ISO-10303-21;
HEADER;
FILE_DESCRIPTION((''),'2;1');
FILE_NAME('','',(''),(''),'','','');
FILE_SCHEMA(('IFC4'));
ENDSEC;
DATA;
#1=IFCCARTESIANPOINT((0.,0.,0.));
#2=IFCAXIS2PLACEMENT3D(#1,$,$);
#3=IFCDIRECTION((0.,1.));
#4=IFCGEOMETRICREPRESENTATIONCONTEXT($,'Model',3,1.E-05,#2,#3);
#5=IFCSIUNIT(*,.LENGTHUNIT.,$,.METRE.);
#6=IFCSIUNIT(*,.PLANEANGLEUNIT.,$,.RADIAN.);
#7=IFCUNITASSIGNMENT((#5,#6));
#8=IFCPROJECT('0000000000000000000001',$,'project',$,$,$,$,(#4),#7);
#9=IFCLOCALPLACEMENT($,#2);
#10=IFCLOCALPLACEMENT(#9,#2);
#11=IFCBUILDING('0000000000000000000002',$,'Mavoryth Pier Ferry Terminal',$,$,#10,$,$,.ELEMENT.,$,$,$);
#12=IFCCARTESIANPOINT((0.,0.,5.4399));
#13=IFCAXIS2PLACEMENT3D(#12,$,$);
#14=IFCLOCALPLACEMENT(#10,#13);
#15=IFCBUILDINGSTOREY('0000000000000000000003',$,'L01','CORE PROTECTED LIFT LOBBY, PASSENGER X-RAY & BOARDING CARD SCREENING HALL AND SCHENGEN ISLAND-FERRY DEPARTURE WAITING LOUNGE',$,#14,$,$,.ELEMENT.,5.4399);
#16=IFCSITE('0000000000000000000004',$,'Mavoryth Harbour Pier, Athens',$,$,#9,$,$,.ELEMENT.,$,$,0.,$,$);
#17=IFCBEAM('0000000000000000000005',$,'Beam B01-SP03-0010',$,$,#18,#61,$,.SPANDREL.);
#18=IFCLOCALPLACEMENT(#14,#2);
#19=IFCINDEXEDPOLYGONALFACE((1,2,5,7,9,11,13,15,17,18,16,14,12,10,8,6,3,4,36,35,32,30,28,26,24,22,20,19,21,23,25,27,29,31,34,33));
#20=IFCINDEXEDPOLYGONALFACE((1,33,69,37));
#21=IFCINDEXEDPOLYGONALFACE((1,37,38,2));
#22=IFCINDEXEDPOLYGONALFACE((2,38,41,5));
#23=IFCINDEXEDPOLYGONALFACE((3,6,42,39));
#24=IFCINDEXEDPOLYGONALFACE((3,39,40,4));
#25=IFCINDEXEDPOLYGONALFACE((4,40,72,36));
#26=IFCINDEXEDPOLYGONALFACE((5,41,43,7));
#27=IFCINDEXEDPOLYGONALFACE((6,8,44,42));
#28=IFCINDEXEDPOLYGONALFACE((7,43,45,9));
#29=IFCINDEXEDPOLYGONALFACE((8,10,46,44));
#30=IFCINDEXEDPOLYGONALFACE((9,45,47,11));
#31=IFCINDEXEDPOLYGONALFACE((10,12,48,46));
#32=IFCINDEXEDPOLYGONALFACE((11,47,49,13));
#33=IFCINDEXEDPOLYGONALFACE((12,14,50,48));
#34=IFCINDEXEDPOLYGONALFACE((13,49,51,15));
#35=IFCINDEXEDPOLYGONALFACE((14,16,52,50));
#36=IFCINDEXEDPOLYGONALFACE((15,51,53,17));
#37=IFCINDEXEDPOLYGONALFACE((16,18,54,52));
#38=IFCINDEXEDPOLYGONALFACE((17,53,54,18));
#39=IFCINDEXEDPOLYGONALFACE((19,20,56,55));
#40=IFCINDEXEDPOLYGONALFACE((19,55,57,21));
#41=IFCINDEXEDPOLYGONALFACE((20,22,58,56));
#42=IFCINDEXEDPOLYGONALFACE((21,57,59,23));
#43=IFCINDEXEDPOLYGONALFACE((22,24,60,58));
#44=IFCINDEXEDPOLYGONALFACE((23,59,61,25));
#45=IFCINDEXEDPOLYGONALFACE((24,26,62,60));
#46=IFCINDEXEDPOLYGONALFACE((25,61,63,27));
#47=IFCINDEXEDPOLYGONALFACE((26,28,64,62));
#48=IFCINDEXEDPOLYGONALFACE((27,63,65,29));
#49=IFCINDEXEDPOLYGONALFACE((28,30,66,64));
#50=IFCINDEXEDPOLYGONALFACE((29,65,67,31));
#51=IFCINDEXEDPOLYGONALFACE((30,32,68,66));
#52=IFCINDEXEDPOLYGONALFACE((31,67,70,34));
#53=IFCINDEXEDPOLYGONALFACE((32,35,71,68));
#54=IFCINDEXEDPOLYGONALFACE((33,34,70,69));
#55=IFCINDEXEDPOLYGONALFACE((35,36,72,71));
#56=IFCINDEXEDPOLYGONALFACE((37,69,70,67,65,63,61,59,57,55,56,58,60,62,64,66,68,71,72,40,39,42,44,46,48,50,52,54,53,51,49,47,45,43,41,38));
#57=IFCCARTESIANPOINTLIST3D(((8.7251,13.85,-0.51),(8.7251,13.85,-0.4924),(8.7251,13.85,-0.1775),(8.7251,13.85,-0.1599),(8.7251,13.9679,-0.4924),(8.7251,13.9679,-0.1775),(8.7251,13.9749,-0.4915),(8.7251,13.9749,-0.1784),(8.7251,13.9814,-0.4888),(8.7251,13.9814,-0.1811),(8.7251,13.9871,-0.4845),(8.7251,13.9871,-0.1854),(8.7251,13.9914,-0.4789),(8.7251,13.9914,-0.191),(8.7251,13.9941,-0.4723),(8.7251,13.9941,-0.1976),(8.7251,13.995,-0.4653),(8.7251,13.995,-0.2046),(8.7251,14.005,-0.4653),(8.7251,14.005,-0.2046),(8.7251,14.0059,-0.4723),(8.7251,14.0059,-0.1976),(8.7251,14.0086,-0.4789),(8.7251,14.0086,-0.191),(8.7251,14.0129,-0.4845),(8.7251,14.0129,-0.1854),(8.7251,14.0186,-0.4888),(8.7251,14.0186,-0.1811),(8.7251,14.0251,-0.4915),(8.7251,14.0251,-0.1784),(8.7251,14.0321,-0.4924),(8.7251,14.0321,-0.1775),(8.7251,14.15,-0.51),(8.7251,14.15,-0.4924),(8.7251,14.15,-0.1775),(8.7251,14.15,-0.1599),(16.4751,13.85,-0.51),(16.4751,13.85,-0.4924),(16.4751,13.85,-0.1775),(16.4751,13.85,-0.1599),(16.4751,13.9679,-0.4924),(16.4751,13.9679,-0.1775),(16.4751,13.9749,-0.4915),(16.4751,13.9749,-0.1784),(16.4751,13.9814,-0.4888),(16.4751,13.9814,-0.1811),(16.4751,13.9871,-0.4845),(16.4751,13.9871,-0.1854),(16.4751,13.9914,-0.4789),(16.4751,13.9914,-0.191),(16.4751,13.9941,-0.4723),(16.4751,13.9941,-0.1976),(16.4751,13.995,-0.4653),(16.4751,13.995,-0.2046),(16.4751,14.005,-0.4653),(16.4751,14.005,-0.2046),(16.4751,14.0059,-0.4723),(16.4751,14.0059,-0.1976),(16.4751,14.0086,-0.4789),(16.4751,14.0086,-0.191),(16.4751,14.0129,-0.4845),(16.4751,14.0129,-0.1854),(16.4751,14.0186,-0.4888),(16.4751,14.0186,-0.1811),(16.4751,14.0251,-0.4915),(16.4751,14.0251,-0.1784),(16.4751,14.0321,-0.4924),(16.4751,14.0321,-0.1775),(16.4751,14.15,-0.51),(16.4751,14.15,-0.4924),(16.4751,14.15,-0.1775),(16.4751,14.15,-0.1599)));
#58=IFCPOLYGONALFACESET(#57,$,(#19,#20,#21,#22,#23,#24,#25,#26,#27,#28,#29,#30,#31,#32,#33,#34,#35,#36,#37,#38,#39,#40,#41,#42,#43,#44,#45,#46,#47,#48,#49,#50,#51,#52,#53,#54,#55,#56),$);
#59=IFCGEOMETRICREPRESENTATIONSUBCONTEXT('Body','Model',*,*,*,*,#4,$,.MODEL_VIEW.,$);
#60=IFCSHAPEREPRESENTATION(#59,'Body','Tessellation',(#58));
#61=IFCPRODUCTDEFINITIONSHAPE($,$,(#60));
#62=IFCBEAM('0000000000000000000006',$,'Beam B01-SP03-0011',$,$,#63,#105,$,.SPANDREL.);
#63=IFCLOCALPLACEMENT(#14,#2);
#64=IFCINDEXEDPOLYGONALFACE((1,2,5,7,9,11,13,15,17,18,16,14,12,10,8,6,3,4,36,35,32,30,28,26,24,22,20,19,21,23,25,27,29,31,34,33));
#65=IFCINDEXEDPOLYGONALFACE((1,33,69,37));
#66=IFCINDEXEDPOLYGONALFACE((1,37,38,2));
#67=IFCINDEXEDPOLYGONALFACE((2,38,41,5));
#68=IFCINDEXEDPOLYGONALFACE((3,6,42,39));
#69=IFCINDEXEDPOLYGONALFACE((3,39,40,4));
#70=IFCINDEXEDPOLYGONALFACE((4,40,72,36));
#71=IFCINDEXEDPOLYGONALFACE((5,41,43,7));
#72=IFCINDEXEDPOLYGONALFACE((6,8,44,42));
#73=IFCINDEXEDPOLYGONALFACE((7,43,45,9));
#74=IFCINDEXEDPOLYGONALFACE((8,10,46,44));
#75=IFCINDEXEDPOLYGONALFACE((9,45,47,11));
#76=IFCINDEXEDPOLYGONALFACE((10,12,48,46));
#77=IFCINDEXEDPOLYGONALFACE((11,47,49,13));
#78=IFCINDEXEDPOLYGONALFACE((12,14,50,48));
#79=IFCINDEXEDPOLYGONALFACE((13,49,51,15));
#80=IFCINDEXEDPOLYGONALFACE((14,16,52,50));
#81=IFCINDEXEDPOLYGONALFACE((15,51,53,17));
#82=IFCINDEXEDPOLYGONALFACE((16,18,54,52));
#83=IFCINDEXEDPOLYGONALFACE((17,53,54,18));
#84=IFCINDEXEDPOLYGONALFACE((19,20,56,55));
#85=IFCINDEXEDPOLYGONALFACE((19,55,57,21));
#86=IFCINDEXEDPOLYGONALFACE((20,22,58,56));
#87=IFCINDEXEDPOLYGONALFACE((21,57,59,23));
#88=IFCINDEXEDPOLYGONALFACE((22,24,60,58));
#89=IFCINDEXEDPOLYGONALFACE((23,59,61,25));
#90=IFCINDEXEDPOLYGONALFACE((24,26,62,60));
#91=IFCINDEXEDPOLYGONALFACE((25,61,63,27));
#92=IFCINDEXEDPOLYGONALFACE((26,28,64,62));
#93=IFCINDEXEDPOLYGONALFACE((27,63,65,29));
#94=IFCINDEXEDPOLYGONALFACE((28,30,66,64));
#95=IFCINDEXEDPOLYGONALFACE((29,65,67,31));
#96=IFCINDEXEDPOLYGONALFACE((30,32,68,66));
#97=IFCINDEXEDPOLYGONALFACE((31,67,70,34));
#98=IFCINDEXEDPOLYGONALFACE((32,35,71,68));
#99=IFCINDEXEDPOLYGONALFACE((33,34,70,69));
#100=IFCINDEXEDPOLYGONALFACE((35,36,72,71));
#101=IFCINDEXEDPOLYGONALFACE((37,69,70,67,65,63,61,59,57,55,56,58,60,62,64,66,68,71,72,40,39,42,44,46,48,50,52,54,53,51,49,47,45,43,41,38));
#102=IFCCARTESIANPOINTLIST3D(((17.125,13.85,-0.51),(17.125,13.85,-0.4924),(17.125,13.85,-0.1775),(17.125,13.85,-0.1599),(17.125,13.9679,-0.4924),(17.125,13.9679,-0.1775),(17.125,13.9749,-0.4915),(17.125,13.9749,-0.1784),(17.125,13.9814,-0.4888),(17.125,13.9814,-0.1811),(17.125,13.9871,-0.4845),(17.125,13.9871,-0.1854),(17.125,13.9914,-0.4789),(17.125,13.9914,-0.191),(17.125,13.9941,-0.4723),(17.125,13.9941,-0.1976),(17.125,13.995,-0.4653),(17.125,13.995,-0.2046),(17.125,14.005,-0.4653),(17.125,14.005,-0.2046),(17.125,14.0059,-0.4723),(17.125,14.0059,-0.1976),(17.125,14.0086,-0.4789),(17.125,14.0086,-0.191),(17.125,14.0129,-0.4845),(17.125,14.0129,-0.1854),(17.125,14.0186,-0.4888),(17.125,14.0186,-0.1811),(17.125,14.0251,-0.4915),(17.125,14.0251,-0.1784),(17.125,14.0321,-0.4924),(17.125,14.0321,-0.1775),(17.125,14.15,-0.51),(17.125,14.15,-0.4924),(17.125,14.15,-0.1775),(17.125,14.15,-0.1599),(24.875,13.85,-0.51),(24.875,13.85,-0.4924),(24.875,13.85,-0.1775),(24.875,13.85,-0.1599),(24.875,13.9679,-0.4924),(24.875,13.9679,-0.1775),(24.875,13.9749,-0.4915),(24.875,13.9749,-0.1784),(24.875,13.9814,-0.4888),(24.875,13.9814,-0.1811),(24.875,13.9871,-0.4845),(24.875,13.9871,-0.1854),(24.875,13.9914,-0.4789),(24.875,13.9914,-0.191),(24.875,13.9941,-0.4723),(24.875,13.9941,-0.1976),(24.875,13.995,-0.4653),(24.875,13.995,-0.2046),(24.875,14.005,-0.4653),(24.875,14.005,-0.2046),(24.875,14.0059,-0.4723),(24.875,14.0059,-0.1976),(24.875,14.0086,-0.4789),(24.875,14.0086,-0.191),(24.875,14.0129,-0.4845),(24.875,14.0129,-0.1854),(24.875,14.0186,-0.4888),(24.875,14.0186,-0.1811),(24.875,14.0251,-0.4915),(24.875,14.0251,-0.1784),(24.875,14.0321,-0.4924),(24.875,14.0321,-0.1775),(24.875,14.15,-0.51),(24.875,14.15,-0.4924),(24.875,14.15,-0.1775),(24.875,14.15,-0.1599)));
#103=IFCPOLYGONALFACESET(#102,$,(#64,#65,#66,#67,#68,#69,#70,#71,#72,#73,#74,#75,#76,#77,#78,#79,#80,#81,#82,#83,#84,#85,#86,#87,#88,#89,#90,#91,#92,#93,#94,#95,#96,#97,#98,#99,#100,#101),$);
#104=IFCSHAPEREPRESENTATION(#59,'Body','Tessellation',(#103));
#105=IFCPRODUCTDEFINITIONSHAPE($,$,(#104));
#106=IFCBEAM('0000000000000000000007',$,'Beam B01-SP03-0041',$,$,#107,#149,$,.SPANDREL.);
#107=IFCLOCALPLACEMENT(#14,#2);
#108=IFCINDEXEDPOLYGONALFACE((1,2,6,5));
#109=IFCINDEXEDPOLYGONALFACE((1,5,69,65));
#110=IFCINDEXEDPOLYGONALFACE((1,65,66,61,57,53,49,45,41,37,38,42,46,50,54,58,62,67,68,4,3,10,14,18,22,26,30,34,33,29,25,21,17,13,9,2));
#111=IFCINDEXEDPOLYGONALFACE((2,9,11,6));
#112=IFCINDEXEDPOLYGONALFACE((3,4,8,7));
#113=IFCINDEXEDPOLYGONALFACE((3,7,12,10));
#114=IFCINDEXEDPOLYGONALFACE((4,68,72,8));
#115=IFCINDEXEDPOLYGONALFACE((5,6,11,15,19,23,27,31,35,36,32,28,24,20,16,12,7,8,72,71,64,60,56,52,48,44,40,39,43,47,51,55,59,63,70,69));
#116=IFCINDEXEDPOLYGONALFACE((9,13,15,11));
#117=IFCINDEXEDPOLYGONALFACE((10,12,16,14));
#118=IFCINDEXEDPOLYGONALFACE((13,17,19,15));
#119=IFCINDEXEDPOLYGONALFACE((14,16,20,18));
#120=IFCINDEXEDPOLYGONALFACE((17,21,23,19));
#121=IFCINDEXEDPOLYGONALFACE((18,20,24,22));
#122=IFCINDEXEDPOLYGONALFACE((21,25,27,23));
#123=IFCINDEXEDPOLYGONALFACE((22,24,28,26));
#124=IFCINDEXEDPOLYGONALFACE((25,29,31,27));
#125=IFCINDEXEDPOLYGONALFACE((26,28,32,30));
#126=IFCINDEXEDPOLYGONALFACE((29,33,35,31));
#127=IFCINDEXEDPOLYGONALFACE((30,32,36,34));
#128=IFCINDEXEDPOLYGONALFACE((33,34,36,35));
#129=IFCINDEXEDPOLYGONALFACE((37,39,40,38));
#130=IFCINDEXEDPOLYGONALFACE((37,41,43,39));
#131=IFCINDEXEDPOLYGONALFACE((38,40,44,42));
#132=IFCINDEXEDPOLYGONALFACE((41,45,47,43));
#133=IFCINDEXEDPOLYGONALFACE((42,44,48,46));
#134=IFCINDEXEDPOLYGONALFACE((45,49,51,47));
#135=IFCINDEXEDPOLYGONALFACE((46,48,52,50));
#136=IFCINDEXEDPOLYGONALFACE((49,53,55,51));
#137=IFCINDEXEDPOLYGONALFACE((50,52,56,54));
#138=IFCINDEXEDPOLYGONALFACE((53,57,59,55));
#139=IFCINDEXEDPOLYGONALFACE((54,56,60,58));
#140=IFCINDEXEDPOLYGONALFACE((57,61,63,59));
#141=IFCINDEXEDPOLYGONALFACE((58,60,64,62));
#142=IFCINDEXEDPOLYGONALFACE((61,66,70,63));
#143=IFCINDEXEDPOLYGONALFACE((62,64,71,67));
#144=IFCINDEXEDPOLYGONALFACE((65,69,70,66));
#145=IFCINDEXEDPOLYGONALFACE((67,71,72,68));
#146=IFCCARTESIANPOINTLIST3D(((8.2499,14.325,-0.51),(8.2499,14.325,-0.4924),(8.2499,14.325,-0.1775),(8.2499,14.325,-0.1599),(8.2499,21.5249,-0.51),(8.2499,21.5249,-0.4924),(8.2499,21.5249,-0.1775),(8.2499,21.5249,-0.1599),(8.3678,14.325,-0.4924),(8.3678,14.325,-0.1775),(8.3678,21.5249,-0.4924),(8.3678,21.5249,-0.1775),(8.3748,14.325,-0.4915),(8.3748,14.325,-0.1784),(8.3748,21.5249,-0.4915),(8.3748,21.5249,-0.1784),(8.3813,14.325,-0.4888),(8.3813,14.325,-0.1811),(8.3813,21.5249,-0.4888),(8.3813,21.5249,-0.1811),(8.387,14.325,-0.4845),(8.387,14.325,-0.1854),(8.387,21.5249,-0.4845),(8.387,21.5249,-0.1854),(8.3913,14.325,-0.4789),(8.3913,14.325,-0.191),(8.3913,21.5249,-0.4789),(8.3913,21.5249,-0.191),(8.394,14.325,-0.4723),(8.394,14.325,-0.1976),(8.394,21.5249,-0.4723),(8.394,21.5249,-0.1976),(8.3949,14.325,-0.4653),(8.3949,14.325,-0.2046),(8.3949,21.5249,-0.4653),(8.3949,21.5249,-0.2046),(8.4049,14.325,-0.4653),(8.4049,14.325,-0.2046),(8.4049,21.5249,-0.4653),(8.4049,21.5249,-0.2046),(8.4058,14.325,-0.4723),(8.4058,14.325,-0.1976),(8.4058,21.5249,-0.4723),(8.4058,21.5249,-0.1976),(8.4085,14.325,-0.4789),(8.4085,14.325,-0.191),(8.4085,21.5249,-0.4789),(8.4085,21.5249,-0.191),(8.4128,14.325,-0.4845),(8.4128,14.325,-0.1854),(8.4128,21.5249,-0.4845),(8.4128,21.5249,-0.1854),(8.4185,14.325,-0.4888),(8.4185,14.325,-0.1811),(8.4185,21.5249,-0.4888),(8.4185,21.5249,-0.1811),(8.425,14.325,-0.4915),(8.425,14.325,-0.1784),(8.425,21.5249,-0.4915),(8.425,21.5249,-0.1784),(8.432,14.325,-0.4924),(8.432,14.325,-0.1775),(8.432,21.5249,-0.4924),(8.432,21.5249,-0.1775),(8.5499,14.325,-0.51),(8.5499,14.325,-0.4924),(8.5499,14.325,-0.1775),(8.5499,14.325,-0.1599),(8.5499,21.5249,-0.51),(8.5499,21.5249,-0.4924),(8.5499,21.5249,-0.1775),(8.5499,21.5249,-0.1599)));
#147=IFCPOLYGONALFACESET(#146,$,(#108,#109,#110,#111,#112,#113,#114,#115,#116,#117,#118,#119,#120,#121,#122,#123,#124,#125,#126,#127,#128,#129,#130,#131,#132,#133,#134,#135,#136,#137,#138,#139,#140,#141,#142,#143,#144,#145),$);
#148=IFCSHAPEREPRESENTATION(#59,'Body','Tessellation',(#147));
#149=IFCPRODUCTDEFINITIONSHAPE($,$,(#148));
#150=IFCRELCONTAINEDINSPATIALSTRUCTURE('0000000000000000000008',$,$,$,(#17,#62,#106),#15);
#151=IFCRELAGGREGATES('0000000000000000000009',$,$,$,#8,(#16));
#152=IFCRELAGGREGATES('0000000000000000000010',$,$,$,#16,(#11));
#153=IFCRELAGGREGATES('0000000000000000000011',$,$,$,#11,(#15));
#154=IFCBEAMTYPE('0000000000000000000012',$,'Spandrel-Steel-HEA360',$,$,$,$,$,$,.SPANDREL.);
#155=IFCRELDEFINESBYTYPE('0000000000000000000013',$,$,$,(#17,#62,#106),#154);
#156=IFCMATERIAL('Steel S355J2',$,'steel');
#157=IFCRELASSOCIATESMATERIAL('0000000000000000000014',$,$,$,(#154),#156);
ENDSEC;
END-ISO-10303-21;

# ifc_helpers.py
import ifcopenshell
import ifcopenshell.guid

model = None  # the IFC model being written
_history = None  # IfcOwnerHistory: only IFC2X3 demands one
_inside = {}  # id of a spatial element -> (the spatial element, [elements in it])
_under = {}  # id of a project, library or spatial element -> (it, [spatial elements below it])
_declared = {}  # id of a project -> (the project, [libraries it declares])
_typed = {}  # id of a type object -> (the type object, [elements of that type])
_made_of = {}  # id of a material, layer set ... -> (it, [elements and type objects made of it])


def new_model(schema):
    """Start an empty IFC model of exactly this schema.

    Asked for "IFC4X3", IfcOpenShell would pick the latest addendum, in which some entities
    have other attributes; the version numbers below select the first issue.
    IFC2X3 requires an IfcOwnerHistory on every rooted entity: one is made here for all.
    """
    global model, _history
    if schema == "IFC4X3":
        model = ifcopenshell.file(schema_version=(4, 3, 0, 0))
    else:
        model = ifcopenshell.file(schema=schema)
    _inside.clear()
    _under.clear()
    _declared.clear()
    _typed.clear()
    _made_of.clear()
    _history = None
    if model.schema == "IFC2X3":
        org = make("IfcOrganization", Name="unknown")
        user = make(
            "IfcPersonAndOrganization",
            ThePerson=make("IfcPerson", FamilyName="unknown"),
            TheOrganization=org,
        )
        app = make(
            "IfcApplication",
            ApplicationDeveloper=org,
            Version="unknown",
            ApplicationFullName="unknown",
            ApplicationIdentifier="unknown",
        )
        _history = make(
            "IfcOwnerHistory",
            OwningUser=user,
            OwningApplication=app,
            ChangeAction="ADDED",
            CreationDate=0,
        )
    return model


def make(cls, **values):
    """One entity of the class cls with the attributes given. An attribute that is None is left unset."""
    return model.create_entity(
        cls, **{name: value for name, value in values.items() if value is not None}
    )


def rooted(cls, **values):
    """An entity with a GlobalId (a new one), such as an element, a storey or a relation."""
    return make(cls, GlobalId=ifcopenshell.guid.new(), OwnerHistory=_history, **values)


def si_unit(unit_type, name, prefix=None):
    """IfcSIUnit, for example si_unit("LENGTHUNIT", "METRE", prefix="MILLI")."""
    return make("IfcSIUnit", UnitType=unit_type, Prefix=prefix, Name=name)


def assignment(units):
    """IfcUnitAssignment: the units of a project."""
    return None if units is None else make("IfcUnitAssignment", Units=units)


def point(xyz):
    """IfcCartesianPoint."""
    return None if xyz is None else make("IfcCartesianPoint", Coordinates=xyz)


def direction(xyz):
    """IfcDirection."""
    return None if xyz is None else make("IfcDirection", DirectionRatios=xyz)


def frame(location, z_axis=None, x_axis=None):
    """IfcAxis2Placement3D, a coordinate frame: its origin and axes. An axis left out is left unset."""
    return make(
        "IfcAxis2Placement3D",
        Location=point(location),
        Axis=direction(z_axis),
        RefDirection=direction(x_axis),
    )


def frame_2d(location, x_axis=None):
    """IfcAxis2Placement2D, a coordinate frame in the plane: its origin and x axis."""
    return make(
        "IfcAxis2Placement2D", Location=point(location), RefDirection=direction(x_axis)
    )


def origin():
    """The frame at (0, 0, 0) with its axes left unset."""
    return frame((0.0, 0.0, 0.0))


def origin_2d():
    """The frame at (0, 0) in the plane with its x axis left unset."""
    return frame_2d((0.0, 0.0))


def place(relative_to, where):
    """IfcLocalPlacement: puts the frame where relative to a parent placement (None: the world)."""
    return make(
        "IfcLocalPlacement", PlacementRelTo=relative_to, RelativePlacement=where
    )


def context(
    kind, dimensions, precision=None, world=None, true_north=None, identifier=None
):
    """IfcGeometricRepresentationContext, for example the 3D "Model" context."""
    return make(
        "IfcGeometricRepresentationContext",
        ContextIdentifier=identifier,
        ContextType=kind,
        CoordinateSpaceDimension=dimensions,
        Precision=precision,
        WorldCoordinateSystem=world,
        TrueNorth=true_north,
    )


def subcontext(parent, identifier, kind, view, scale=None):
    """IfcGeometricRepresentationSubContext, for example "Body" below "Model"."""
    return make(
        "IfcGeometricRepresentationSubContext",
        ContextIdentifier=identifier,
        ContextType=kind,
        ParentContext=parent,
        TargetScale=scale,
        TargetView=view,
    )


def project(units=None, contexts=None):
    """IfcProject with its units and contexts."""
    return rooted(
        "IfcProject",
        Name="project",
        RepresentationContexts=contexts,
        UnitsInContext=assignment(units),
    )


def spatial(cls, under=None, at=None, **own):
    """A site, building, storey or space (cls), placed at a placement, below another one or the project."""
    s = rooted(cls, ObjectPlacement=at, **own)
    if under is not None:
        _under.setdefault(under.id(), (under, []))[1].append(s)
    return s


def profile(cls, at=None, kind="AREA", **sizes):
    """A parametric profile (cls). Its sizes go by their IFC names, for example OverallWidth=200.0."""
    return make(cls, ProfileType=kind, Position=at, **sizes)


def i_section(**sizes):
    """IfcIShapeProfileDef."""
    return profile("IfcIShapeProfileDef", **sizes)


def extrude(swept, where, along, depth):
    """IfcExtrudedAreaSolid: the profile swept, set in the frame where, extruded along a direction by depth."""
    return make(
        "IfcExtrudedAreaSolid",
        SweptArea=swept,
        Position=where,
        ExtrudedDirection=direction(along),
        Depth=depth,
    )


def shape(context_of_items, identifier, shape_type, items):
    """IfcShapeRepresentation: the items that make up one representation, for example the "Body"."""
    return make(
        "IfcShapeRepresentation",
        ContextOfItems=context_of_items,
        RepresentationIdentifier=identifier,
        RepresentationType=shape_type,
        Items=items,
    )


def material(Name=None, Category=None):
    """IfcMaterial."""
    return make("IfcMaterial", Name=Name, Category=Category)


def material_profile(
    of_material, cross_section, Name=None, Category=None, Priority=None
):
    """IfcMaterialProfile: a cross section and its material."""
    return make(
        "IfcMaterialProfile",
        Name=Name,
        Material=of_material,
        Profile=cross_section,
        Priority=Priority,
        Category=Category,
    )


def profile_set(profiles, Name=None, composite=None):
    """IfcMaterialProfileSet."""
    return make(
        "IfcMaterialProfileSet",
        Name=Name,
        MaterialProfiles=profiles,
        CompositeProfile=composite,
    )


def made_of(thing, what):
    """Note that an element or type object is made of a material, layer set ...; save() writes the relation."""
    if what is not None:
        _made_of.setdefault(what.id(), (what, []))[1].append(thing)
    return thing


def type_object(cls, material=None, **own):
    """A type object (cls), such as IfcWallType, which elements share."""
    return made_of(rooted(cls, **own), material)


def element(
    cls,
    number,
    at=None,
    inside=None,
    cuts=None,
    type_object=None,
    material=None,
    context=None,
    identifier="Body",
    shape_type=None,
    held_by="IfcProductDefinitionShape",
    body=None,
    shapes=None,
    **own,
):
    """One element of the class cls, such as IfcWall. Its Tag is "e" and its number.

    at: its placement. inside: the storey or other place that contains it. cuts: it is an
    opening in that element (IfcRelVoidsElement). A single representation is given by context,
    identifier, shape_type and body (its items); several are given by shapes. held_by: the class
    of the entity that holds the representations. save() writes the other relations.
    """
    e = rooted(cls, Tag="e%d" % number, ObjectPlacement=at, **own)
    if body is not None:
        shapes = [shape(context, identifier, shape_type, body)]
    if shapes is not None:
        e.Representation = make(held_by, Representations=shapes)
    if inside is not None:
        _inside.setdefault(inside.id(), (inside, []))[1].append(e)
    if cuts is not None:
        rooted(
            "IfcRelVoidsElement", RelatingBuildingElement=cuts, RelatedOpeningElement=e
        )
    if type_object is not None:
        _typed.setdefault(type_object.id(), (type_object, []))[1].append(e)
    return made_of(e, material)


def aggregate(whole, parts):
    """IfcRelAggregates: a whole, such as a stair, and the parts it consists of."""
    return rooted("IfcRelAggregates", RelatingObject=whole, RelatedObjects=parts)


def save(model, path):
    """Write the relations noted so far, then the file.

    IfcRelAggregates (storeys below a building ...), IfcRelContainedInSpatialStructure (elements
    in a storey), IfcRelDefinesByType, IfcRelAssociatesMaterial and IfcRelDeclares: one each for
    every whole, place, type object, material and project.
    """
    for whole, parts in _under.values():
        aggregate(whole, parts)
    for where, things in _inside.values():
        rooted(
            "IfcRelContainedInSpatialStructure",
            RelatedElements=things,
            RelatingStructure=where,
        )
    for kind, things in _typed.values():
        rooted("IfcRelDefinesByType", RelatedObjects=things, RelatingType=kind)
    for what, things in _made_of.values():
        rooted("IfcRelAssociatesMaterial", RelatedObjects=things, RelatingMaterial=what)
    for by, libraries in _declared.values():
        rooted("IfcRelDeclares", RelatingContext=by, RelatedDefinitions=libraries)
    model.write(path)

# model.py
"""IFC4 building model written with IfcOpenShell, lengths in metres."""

from ifc_helpers import new_model, si_unit, direction, frame, origin, origin_2d, place, context, subcontext, project, spatial, i_section, extrude, material, material_profile, profile_set, type_object, element, save


model = new_model("IFC4")

# Units and contexts
model_context = context("Model", 3, precision=1e-05, world=origin(), true_north=direction((0.0, 1.0)))
body_context = subcontext(model_context, "Body", "Model", "MODEL_VIEW")
ifc_project = project(units=[si_unit("LENGTHUNIT", "METRE"), si_unit("PLANEANGLEUNIT", "RADIAN")], contexts=[model_context])

# Site, building, storey
site_placement = place(None, origin())
site = spatial("IfcSite", under=ifc_project, at=site_placement, Name="Mavoryth Harbour Pier, Athens", CompositionType="ELEMENT", RefElevation=0.0)
building_placement = place(site_placement, origin())
building = spatial("IfcBuilding", under=site, at=building_placement, Name="Mavoryth Pier Ferry Terminal", CompositionType="ELEMENT")
storey_placement = place(building_placement, frame((0.0, 0.0, 5.4399)))
storey = spatial("IfcBuildingStorey", under=building, at=storey_placement, Name="L01", Description="CORE PROTECTED LIFT LOBBY, PASSENGER X-RAY & BOARDING CARD SCREENING HALL AND SCHENGEN ISLAND-FERRY DEPARTURE WAITING LOUNGE", CompositionType="ELEMENT", Elevation=5.4399)

# Shared definitions
ifc_material_1 = material(Name="Steel S355J2", Category="steel")

# Beams
ifc_material_profile_1 = material_profile(ifc_material_1, i_section(OverallWidth=0.3, OverallDepth=0.3501, WebThickness=0.01, FlangeThickness=0.0176, FilletRadius=0.0271, at=origin_2d()), Name="HEA 360", Category="steel")
ifc_profile_set_1 = profile_set([ifc_material_profile_1], Name="Steel S355J2 - HEA 360")
beam_type_1 = type_object("IfcBeamType", Name="Spandrel-Steel-HEA360", PredefinedType="SPANDREL", material=ifc_profile_set_1)
for number, where, z_axis, x_axis, name in (
    (1, (8.7251, 14.0, -0.335), (1.0, 0.0, 0.0), (0.0, 1.0, 0.0), "Beam B01-SP03-0010"),
    (2, (17.125, 14.0, -0.335), (1.0, 0.0, 0.0), (0.0, 1.0, 0.0), "Beam B01-SP03-0011"),
):
    element("IfcBeam", number, at=place(storey_placement, frame(where, z_axis=z_axis, x_axis=x_axis)), inside=storey, type_object=beam_type_1, Name=name, PredefinedType="SPANDREL", context=body_context, shape_type="SweptSolid", body=[
        extrude(i_section(OverallWidth=0.3, OverallDepth=0.3501, WebThickness=0.01, FlangeThickness=0.0176, FilletRadius=0.0271, at=origin_2d()), origin(), (0.0, 0.0, 1.0), 7.75),
    ])
beam_1_placement = place(storey_placement, frame((8.3999, 14.325, -0.335), z_axis=(0.0, 1.0, 0.0), x_axis=(-1.0, 0.0, 0.0)))
element("IfcBeam", 3, at=beam_1_placement, inside=storey, type_object=beam_type_1, Name="Beam B01-SP03-0041", PredefinedType="SPANDREL", context=body_context, shape_type="SweptSolid", body=[
    extrude(i_section(OverallWidth=0.3, OverallDepth=0.3501, WebThickness=0.01, FlangeThickness=0.0176, FilletRadius=0.0271, at=origin_2d()), origin(), (0.0, 0.0, 1.0), 7.2),
])

save(model, "model.ifc")
